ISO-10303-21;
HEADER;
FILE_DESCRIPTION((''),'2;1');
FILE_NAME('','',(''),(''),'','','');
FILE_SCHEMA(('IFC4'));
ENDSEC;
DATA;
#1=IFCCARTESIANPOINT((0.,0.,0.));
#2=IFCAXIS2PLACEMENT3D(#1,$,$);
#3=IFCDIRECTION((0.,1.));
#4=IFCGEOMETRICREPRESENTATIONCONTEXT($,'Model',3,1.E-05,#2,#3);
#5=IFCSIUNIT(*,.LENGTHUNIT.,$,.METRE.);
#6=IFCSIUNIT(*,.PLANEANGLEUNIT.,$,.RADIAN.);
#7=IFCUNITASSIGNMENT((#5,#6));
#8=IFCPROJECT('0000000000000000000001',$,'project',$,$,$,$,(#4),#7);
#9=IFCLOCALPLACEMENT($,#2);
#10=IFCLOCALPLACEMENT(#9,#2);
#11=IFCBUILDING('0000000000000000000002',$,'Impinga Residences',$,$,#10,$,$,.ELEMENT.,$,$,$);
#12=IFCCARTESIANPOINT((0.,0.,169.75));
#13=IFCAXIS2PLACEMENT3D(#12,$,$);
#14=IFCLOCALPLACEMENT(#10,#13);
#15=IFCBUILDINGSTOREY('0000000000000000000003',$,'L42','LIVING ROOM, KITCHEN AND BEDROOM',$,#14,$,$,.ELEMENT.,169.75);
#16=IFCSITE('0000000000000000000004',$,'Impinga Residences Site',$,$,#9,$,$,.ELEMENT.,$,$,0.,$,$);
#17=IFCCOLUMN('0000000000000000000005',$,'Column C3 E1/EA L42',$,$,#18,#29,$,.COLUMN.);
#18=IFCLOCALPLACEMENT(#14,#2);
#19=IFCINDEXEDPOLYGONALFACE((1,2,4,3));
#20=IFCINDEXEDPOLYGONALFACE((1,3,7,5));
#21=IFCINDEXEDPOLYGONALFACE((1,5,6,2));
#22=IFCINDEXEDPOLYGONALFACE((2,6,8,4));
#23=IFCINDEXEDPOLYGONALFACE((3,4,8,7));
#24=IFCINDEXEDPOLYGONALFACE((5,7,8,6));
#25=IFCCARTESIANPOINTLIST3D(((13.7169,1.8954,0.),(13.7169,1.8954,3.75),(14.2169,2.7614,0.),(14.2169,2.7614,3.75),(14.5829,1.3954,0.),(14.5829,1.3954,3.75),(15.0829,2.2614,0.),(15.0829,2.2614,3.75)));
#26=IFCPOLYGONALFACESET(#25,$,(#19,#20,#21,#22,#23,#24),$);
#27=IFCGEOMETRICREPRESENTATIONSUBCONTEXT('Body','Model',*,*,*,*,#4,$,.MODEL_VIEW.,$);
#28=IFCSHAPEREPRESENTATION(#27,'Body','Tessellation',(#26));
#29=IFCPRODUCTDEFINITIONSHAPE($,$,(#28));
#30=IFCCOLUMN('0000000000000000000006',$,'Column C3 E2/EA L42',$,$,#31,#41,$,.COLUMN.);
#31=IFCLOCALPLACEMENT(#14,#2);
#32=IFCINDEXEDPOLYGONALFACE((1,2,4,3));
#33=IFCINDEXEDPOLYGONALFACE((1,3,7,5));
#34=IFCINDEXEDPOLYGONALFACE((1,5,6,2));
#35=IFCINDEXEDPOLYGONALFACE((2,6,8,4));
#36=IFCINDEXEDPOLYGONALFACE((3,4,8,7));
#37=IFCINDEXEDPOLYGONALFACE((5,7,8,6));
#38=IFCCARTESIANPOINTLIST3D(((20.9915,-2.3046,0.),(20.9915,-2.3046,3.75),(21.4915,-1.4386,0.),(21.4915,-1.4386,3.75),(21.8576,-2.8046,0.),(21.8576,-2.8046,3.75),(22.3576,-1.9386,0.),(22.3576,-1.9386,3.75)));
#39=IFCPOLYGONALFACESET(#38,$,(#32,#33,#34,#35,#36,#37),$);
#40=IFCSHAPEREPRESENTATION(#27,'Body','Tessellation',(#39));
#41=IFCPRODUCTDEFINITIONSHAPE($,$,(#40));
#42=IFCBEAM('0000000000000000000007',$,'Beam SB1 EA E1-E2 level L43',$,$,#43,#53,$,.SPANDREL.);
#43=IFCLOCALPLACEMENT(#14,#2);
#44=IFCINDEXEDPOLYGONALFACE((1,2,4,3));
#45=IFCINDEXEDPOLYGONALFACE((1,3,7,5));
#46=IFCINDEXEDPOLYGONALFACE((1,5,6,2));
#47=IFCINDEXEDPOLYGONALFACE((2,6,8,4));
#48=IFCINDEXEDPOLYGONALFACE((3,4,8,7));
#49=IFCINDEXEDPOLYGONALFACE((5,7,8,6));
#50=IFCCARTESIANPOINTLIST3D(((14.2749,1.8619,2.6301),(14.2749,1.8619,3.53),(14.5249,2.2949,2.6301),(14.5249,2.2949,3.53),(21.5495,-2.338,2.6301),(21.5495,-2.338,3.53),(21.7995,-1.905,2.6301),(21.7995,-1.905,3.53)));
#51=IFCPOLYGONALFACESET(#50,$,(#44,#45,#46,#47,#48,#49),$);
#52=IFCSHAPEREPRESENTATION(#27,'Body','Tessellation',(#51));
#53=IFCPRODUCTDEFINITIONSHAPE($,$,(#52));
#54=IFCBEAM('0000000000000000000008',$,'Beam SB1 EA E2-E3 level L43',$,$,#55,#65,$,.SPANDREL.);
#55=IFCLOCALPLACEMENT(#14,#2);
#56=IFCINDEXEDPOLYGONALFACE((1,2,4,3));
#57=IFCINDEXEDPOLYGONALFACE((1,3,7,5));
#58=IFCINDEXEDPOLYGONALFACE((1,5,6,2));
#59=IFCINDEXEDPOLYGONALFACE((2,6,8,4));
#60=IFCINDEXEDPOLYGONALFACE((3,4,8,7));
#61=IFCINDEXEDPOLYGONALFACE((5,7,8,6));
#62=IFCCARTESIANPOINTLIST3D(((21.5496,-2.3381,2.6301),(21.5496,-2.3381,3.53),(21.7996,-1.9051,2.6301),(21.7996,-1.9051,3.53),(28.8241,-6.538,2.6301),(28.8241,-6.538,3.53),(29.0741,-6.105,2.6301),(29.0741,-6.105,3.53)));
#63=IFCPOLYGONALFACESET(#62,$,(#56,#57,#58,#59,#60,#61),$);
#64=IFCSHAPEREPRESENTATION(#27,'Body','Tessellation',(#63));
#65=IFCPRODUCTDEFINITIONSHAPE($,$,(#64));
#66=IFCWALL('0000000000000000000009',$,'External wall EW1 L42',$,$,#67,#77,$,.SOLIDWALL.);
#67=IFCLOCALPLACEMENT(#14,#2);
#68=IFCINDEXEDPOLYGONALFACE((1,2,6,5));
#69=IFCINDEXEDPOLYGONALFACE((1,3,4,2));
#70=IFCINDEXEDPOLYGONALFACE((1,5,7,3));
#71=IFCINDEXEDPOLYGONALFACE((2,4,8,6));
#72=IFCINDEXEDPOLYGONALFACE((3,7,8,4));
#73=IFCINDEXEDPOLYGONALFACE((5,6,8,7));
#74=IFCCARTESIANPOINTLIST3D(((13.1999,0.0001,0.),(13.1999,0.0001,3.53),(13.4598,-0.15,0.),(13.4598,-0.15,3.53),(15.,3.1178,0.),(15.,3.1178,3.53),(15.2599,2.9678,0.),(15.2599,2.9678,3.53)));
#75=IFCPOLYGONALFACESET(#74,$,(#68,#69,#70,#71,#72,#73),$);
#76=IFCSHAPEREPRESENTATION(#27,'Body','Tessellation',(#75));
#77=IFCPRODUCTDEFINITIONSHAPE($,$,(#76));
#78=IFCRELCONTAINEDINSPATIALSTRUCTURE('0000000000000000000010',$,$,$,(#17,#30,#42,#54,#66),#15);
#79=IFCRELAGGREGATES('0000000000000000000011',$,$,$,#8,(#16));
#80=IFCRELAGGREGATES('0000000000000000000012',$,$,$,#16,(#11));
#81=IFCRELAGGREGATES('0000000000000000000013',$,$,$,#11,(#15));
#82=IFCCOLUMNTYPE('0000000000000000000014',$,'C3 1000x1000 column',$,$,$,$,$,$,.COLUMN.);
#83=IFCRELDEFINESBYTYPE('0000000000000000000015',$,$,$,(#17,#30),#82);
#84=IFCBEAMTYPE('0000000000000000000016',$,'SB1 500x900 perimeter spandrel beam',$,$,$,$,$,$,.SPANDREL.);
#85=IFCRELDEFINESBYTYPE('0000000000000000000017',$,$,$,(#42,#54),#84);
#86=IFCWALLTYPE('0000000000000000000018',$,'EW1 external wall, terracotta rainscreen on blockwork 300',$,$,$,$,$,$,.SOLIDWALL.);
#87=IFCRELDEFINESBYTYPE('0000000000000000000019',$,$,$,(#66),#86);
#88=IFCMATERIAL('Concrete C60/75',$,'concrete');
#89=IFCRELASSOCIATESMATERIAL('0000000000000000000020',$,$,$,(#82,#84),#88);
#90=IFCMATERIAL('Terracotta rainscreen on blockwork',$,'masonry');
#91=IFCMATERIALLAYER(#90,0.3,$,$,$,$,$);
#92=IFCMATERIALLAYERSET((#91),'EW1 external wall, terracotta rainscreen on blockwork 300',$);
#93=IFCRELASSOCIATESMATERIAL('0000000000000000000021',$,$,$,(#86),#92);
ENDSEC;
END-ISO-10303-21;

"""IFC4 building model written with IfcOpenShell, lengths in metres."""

from ifc_helpers import new_model, si_unit, direction, frame, frame_2d, origin, origin_2d, place, context, subcontext, project, spatial, rectangle, extrude, material, layer, layer_set, material_profile, profile_set, type_object, element, save


model = new_model("IFC4")

# Units and contexts
model_context = context("Model", 3, precision=1e-05, world=origin(), true_north=direction((0.0, 1.0)))
body_context = subcontext(model_context, "Body", "Model", "MODEL_VIEW")
ifc_project = project(units=[si_unit("LENGTHUNIT", "METRE"), si_unit("PLANEANGLEUNIT", "RADIAN")], contexts=[model_context])

# Site, building, storey
site_placement = place(None, origin())
site = spatial("IfcSite", under=ifc_project, at=site_placement, Name="Impinga Residences Site", CompositionType="ELEMENT", RefElevation=0.0)
building_placement = place(site_placement, origin())
building = spatial("IfcBuilding", under=site, at=building_placement, Name="Impinga Residences", CompositionType="ELEMENT")
storey_placement = place(building_placement, frame((0.0, 0.0, 169.75)))
storey = spatial("IfcBuildingStorey", under=building, at=storey_placement, Name="L42", Description="LIVING ROOM, KITCHEN AND BEDROOM", CompositionType="ELEMENT", Elevation=169.75)

# Columns
ifc_material_1 = material(Name="Concrete C60/75", Category="concrete")
ifc_material_profile_1 = material_profile(ifc_material_1, rectangle(XDim=1.0, YDim=1.0, at=origin_2d()), Name="RC 1000x1000")
ifc_profile_set_1 = profile_set([ifc_material_profile_1], Name="Concrete C60/75")
column_type = type_object("IfcColumnType", Name="C3 1000x1000 column", PredefinedType="COLUMN", material=ifc_profile_set_1)
for number, where, z_axis, x_axis, name in (
    (1, (14.3999, 2.0784, 0.0), (0.0, 0.0, 1.0), (-0.5, -0.866025, 0.0), "Column C3 E1/EA L42"),
    (2, (21.6746, -2.1216, 0.0), (0.0, 0.0, 1.0), (-0.5, -0.866025, 0.0), "Column C3 E2/EA L42"),
):
    element("IfcColumn", number, at=place(storey_placement, frame(where, z_axis=z_axis, x_axis=x_axis)), inside=storey, type_object=column_type, Name=name, PredefinedType="COLUMN", context=body_context, shape_type="SweptSolid", body=[
        extrude(rectangle(XDim=1.0, YDim=1.0, at=origin_2d()), origin(), (0.0, 0.0, 1.0), 3.75),
    ])

# Beams
ifc_material_profile_2 = material_profile(ifc_material_1, rectangle(XDim=0.5, YDim=0.8999, at=origin_2d()), Name="RC 500x900")
ifc_profile_set_2 = profile_set([ifc_material_profile_2], Name="Concrete C60/75")
beam_type = type_object("IfcBeamType", Name="SB1 500x900 perimeter spandrel beam", PredefinedType="SPANDREL", material=ifc_profile_set_2)
for number, where, z_axis, x_axis, name in (
    (3, (14.3999, 2.0784, 3.0801), (0.866029, -0.499993, 0.0), (0.499993, 0.866029, 0.0), "Beam SB1 EA E1-E2 level L43"),
    (4, (21.6746, -2.1216, 3.0801), (0.866029, -0.499993, 0.0), (0.499993, 0.866029, 0.0), "Beam SB1 EA E2-E3 level L43"),
):
    element("IfcBeam", number, at=place(storey_placement, frame(where, z_axis=z_axis, x_axis=x_axis)), inside=storey, type_object=beam_type, Name=name, PredefinedType="SPANDREL", context=body_context, shape_type="SweptSolid", body=[
        extrude(rectangle(XDim=0.5, YDim=0.8999, at=origin_2d()), origin(), (0.0, 0.0, 1.0), 8.3999),
    ])

# Wall
ifc_material_2 = material(Name="Terracotta rainscreen on blockwork", Category="masonry")
ifc_layer_1 = layer(ifc_material_2, 0.3)
ifc_layer_set_1 = layer_set([ifc_layer_1], Name="EW1 external wall, terracotta rainscreen on blockwork 300")
wall_type_1 = type_object("IfcWallType", Name="EW1 external wall, terracotta rainscreen on blockwork 300", PredefinedType="SOLIDWALL", material=ifc_layer_set_1)
wall_1_placement = place(storey_placement, frame((13.3298, -0.075, 0.0), z_axis=(0.0, 0.0, 1.0), x_axis=(0.500012, 0.866018, 0.0)))
element("IfcWall", 5, at=wall_1_placement, inside=storey, type_object=wall_type_1, Name="External wall EW1 L42", PredefinedType="SOLIDWALL", context=body_context, shape_type="SweptSolid", body=[
    extrude(rectangle(XDim=3.6001, YDim=0.3, at=frame_2d((1.8, 0.0))), origin(), (0.0, 0.0, 1.0), 3.53),
])

save(model, "model.ifc")
